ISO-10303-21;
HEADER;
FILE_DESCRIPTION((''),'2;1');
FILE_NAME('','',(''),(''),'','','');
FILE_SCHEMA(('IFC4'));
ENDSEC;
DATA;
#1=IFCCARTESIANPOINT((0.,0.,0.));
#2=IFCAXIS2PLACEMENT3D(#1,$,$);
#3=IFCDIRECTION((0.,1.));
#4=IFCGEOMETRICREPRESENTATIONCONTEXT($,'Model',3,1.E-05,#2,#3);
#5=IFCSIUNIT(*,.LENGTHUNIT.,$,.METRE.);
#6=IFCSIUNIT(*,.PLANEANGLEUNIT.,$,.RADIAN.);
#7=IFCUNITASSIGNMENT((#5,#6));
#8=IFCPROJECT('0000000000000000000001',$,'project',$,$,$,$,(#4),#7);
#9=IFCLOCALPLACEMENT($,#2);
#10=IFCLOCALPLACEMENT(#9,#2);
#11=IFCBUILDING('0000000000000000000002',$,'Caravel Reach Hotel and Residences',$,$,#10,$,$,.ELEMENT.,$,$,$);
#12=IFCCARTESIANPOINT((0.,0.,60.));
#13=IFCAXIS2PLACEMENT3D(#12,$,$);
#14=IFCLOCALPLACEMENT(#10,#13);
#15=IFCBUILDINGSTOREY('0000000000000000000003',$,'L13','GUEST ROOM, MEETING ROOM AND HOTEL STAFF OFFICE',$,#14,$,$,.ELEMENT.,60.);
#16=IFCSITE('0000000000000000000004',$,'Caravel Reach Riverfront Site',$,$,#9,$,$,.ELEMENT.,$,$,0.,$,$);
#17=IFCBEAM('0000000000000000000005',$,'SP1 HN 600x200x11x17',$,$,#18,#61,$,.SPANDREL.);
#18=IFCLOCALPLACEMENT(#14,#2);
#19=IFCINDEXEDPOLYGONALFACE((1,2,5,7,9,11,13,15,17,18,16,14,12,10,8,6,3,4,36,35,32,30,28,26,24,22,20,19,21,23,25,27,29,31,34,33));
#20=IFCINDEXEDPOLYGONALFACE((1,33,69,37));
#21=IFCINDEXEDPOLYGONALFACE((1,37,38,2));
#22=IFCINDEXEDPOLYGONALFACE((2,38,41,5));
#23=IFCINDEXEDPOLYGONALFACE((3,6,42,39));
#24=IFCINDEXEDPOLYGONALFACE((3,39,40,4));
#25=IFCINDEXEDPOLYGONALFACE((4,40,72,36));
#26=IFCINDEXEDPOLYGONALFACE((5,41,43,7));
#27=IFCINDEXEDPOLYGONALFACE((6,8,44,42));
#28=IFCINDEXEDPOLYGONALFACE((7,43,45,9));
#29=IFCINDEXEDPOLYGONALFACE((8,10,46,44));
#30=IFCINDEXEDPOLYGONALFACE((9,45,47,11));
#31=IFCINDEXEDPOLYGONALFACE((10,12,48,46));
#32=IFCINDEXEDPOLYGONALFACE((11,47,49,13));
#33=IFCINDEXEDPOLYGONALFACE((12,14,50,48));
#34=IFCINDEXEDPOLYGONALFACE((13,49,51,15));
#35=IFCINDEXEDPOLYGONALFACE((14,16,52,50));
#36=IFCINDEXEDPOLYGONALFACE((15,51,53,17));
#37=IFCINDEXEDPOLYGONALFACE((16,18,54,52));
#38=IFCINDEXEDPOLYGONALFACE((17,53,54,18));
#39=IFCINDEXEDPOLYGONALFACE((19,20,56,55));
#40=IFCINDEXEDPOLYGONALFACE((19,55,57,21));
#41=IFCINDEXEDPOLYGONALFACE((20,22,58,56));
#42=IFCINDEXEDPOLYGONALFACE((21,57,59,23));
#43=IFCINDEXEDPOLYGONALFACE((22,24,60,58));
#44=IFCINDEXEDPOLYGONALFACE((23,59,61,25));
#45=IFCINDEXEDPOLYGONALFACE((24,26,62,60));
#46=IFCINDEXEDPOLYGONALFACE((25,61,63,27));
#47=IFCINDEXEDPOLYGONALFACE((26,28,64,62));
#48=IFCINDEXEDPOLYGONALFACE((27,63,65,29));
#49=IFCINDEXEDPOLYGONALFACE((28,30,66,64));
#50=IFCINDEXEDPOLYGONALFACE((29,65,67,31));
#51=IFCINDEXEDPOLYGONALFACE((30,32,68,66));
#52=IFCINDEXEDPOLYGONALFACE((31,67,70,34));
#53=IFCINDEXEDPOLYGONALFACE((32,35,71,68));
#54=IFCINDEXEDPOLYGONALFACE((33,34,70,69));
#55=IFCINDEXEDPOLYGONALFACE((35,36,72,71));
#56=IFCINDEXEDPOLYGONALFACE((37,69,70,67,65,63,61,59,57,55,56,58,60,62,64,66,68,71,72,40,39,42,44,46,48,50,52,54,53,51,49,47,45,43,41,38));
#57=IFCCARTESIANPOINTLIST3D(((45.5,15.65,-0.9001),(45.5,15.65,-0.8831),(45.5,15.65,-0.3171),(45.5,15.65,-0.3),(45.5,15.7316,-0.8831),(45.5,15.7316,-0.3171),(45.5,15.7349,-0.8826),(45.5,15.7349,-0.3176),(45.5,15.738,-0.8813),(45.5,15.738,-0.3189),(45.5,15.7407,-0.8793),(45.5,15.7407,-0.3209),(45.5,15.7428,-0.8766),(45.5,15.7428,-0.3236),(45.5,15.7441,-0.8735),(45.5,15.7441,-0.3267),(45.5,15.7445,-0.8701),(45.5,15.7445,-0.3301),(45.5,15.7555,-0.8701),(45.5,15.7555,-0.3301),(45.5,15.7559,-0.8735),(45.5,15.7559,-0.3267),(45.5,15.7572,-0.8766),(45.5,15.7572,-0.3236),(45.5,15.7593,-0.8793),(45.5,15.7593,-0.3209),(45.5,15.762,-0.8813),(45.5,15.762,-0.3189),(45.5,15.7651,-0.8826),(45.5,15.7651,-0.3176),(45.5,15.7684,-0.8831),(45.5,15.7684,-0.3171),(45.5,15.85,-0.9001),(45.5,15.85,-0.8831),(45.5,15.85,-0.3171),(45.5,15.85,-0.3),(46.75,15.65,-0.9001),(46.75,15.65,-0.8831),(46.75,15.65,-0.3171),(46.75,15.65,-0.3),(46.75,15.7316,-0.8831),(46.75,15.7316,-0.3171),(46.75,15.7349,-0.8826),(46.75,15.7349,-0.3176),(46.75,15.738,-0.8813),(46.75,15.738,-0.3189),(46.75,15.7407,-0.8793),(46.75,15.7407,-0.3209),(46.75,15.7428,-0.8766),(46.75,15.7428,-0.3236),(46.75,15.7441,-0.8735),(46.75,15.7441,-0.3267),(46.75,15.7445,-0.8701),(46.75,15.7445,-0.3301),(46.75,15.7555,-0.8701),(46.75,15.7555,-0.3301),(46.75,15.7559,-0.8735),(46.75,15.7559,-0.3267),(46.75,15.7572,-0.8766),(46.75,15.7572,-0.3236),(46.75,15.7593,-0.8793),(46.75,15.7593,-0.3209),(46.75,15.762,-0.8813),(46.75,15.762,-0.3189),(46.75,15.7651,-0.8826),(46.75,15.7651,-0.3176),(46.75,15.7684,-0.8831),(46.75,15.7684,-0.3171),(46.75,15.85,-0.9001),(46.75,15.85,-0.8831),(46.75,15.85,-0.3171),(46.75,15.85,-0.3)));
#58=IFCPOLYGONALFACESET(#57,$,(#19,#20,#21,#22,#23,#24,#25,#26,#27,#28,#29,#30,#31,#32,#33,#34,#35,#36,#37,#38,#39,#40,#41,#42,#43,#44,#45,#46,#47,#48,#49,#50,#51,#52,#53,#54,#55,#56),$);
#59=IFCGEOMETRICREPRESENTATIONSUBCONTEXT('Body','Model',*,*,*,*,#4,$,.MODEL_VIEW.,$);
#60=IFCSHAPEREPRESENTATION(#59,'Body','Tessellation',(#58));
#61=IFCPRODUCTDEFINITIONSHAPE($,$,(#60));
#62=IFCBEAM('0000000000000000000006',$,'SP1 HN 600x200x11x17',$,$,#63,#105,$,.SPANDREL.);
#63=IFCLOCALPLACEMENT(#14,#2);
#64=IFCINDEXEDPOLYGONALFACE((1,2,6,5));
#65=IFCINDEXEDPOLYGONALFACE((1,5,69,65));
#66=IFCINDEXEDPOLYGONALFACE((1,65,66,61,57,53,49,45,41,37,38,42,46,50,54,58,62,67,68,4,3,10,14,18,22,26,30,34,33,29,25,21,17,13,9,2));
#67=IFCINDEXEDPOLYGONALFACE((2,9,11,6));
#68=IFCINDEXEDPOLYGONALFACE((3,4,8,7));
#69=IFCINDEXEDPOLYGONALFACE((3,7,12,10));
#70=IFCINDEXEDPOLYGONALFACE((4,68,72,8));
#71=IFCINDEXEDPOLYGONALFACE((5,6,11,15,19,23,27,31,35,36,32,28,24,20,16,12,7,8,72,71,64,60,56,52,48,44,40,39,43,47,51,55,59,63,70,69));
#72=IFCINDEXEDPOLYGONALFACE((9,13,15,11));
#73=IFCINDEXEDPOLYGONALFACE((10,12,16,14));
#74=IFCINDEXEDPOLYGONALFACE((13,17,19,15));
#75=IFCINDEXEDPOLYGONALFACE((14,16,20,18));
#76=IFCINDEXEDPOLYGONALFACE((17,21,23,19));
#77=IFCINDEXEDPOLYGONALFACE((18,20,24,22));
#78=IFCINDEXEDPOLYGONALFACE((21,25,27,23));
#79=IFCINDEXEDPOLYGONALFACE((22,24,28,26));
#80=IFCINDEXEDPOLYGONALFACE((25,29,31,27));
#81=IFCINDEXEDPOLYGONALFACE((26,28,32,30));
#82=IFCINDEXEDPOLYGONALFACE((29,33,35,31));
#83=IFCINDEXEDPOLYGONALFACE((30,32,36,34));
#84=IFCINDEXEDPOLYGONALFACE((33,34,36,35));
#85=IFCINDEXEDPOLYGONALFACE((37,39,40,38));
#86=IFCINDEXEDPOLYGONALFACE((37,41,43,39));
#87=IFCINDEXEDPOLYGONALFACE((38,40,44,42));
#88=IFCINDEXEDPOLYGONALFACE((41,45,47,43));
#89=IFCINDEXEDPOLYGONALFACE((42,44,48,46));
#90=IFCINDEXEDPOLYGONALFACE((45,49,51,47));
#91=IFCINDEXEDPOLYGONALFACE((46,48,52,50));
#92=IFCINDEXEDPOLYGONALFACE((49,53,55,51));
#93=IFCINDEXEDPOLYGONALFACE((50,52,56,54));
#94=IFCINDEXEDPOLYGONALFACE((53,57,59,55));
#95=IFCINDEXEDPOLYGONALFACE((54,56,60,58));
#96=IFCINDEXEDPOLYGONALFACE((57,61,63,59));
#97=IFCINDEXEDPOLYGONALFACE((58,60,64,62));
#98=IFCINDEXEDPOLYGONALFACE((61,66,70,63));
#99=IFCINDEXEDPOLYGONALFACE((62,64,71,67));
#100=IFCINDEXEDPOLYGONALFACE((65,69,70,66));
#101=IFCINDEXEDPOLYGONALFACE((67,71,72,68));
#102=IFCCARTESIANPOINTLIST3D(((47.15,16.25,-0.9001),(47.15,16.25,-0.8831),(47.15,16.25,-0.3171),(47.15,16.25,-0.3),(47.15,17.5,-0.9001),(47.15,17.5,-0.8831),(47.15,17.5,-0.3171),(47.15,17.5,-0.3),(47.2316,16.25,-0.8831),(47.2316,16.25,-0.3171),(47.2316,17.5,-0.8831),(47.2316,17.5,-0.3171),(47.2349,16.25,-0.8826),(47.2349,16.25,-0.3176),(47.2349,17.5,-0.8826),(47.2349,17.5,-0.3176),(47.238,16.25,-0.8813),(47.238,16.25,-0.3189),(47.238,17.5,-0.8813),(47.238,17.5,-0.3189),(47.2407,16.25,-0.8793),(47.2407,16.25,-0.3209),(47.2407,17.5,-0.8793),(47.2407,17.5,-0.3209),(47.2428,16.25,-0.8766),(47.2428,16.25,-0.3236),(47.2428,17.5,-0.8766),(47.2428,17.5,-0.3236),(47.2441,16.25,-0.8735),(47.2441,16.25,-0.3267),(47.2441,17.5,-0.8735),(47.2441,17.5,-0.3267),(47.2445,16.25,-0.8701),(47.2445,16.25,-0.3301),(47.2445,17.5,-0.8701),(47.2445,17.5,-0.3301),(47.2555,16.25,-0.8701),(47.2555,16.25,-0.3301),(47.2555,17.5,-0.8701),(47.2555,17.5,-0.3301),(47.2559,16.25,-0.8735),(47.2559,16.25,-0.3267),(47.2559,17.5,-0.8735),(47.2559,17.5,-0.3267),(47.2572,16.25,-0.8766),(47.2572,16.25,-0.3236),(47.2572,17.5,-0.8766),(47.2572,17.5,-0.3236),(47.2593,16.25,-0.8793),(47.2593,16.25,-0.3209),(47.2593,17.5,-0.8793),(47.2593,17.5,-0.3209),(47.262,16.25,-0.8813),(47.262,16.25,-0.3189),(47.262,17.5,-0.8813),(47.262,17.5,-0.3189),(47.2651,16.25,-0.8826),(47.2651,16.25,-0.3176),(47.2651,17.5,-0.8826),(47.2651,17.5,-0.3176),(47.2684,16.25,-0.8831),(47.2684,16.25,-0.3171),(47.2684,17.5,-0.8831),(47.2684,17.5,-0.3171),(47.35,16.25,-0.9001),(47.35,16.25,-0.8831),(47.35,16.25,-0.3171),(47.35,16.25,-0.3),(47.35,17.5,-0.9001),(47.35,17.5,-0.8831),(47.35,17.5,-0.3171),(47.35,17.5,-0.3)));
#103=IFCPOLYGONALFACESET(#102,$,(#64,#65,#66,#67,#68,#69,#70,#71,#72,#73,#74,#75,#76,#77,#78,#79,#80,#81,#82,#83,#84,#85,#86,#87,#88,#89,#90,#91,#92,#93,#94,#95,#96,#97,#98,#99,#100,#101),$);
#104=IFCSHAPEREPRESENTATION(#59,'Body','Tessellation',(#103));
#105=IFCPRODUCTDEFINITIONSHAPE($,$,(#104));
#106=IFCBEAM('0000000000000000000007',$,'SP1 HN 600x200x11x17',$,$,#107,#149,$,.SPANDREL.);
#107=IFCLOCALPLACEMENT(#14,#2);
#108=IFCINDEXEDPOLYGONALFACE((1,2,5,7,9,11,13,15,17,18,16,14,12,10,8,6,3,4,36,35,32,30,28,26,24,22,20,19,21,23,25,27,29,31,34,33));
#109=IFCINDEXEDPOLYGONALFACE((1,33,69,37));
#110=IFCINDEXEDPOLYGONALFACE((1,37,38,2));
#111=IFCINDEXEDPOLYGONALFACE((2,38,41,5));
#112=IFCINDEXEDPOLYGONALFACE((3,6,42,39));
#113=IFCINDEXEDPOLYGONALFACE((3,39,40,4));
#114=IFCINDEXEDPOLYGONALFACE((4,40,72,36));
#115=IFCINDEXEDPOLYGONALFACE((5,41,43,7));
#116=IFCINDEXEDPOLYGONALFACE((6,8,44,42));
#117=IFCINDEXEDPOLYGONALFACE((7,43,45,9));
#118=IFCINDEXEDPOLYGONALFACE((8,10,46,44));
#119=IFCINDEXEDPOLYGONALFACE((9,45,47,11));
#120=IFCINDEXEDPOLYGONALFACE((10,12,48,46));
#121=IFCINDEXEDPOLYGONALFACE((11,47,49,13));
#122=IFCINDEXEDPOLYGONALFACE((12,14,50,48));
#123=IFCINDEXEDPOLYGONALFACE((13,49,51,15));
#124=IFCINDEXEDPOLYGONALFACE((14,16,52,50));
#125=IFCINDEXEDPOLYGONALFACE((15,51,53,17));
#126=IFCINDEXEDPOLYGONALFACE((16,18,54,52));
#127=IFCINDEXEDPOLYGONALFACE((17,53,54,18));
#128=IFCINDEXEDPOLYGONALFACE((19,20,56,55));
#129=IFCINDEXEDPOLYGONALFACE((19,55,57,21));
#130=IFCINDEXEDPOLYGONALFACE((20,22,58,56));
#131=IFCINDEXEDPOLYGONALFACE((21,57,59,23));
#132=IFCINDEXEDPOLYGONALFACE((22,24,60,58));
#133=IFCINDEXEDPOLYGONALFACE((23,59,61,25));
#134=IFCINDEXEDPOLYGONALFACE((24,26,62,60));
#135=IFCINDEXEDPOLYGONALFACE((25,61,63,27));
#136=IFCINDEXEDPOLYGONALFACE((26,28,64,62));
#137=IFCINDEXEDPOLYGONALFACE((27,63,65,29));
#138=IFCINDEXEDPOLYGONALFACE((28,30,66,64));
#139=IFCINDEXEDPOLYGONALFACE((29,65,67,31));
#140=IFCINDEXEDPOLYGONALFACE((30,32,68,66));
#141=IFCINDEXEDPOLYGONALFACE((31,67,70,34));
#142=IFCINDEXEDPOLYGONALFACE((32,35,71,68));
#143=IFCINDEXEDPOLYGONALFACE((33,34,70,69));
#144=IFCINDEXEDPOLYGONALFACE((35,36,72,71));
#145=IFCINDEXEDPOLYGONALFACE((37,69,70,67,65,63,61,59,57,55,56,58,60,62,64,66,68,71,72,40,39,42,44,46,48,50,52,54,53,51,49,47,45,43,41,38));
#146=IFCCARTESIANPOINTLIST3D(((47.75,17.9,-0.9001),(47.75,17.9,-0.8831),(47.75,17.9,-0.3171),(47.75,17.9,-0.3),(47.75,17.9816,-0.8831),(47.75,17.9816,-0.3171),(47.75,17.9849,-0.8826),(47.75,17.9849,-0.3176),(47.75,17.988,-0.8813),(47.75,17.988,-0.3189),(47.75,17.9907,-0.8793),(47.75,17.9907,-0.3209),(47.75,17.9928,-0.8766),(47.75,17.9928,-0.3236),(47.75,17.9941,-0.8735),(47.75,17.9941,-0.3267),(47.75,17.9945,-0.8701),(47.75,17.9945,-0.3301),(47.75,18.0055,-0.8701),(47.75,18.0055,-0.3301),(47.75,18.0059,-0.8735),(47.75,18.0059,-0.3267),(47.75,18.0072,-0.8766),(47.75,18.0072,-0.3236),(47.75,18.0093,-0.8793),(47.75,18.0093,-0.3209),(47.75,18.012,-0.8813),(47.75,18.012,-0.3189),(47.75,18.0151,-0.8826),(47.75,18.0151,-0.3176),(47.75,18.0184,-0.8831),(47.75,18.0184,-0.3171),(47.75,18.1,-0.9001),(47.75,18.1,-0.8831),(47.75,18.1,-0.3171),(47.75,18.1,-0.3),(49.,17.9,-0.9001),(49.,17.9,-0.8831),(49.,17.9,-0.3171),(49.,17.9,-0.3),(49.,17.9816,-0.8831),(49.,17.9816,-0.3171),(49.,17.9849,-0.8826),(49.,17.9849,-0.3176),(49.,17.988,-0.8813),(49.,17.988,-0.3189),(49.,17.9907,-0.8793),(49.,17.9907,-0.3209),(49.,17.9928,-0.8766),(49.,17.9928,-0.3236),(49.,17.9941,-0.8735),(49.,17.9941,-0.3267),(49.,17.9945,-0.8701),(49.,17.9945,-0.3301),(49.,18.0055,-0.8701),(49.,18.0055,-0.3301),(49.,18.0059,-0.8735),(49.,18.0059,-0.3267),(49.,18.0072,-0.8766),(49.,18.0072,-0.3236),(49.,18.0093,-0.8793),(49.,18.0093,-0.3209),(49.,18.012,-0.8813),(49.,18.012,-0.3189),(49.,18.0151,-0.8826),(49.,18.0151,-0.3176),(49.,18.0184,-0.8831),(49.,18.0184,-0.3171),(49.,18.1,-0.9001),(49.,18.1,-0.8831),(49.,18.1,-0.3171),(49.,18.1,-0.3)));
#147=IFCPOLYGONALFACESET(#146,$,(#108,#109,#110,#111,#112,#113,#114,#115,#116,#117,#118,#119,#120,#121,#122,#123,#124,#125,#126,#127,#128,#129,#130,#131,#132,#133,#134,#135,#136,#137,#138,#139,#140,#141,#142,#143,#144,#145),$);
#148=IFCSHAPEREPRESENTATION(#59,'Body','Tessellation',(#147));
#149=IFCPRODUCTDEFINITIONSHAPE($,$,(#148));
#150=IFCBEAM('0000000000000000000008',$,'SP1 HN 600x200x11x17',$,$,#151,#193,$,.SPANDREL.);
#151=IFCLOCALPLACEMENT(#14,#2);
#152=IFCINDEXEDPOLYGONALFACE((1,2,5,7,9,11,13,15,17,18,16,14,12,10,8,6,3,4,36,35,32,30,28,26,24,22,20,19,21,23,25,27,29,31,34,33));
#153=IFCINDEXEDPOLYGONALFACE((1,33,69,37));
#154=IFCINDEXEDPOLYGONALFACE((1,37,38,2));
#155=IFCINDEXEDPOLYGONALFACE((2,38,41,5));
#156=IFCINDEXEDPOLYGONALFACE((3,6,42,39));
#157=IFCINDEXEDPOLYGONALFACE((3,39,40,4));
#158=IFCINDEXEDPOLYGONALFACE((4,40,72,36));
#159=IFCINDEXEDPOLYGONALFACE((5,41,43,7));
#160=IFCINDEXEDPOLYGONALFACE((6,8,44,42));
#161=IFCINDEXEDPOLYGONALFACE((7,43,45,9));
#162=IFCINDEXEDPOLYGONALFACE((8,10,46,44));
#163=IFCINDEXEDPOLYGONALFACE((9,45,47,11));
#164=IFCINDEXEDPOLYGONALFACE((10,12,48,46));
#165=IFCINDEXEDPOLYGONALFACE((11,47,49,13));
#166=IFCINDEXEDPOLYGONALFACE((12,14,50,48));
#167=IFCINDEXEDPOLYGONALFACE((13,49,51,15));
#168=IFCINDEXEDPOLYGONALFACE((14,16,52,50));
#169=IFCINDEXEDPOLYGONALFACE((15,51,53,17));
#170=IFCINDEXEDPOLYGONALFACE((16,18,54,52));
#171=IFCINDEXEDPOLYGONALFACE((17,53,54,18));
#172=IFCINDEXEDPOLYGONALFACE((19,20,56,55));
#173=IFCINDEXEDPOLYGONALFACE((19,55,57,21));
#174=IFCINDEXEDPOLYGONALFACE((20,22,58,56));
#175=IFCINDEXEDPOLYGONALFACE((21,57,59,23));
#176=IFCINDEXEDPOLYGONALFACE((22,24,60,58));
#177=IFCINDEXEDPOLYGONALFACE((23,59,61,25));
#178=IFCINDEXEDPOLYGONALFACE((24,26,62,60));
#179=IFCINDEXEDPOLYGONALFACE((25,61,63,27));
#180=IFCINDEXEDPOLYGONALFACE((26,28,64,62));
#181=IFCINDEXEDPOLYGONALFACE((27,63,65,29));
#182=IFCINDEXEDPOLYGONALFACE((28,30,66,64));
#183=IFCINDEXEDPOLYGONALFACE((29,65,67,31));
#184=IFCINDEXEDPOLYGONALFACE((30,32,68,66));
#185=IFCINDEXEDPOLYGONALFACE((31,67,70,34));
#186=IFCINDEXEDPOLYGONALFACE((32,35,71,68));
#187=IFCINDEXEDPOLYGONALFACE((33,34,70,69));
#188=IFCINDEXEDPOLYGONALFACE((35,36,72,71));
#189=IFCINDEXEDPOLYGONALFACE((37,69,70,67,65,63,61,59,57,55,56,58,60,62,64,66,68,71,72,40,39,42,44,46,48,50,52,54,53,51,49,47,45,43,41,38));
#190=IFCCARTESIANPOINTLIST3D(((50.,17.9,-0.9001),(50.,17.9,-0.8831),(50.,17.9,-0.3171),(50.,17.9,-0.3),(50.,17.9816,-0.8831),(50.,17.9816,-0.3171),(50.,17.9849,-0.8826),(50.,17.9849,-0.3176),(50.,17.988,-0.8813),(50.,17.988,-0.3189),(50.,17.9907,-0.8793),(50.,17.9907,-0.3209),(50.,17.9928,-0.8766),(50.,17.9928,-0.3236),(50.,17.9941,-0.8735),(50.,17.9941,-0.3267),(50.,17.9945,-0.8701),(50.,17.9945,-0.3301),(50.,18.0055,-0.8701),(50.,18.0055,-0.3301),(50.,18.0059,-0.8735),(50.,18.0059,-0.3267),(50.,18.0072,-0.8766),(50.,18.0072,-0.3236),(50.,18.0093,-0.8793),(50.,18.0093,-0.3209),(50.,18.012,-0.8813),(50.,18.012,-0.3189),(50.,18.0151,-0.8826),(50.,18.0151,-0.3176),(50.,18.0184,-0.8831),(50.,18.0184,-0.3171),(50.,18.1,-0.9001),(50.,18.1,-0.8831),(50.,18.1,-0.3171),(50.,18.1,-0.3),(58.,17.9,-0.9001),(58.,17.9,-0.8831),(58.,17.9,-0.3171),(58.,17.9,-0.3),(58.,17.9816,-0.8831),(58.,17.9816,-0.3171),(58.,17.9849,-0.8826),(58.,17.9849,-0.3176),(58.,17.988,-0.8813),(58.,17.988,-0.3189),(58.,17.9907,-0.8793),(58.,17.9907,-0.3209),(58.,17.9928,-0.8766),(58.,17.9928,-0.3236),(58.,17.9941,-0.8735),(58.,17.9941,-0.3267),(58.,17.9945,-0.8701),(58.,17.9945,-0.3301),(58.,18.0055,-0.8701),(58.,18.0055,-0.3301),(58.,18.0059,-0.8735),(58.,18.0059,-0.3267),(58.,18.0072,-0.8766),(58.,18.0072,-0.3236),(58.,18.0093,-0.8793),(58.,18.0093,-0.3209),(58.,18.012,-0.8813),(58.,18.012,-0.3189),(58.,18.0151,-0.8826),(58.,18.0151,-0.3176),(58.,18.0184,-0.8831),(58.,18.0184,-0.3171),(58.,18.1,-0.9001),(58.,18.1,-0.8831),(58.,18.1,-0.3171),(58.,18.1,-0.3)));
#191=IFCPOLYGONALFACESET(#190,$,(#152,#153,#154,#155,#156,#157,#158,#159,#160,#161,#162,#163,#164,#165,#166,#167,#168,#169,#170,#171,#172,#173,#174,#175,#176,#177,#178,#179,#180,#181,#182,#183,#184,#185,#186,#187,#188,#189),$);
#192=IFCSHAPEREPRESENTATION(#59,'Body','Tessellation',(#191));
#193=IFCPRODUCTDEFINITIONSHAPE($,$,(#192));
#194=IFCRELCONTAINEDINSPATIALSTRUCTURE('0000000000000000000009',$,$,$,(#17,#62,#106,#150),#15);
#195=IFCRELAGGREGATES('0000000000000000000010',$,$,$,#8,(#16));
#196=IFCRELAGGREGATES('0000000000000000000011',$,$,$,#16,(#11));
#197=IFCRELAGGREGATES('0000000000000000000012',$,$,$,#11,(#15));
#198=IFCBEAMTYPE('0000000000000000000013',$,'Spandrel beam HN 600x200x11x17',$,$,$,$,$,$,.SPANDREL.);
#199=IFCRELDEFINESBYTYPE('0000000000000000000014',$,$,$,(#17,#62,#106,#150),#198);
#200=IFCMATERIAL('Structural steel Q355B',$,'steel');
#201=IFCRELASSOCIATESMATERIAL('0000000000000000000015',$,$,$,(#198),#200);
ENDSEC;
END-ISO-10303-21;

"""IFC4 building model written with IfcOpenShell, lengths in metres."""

from ifc_helpers import new_model, si_unit, direction, frame, origin, origin_2d, place, context, subcontext, project, spatial, i_section, extrude, material, material_profile, profile_set, type_object, element, save


model = new_model("IFC4")

# Units and contexts
model_context = context("Model", 3, precision=1e-05, world=origin(), true_north=direction((0.0, 1.0)))
body_context = subcontext(model_context, "Body", "Model", "MODEL_VIEW")
ifc_project = project(units=[si_unit("LENGTHUNIT", "METRE"), si_unit("PLANEANGLEUNIT", "RADIAN")], contexts=[model_context])

# Site, building, storey
site_placement = place(None, origin())
site = spatial("IfcSite", under=ifc_project, at=site_placement, Name="Caravel Reach Riverfront Site", CompositionType="ELEMENT", RefElevation=0.0)
building_placement = place(site_placement, origin())
building = spatial("IfcBuilding", under=site, at=building_placement, Name="Caravel Reach Hotel and Residences", CompositionType="ELEMENT")
storey_placement = place(building_placement, frame((0.0, 0.0, 60.0)))
storey = spatial("IfcBuildingStorey", under=building, at=storey_placement, Name="L13", Description="GUEST ROOM, MEETING ROOM AND HOTEL STAFF OFFICE", CompositionType="ELEMENT", Elevation=60.0)

# Beams
ifc_material_1 = material(Name="Structural steel Q355B", Category="steel")
ifc_material_profile_1 = material_profile(ifc_material_1, i_section(OverallWidth=0.2, OverallDepth=0.6001, WebThickness=0.011, FlangeThickness=0.0171, FilletRadius=0.0129, at=origin_2d()), Name="HN 600x200x11x17")
ifc_profile_set_1 = profile_set([ifc_material_profile_1], Name="Structural steel Q355B")
beam_type_1 = type_object("IfcBeamType", Name="Spandrel beam HN 600x200x11x17", PredefinedType="SPANDREL", material=ifc_profile_set_1)
for number, where, z_axis, x_axis, name in (
    (1, (45.5, 15.75, -0.6001), (1.0, 0.0, 0.0), (0.0, 1.0, 0.0), "SP1 HN 600x200x11x17"),
    (2, (47.25, 16.25, -0.6001), (0.0, 1.0, 0.0), (-1.0, 0.0, 0.0), "SP1 HN 600x200x11x17"),
    (3, (47.75, 18.0, -0.6001), (1.0, 0.0, 0.0), (0.0, 1.0, 0.0), "SP1 HN 600x200x11x17"),
):
    element("IfcBeam", number, at=place(storey_placement, frame(where, z_axis=z_axis, x_axis=x_axis)), inside=storey, type_object=beam_type_1, Name=name, PredefinedType="SPANDREL", context=body_context, shape_type="SweptSolid", body=[
        extrude(i_section(OverallWidth=0.2, OverallDepth=0.6001, WebThickness=0.011, FlangeThickness=0.0171, FilletRadius=0.0129, at=origin_2d()), origin(), (0.0, 0.0, 1.0), 1.25),
    ])
beam_1_placement = place(storey_placement, frame((50.0, 18.0, -0.6001), z_axis=(1.0, 0.0, 0.0), x_axis=(0.0, 1.0, 0.0)))
element("IfcBeam", 4, at=beam_1_placement, inside=storey, type_object=beam_type_1, Name="SP1 HN 600x200x11x17", PredefinedType="SPANDREL", context=body_context, shape_type="SweptSolid", body=[
    extrude(i_section(OverallWidth=0.2, OverallDepth=0.6001, WebThickness=0.011, FlangeThickness=0.0171, FilletRadius=0.0129, at=origin_2d()), origin(), (0.0, 0.0, 1.0), 8.0),
])

save(model, "model.ifc")
